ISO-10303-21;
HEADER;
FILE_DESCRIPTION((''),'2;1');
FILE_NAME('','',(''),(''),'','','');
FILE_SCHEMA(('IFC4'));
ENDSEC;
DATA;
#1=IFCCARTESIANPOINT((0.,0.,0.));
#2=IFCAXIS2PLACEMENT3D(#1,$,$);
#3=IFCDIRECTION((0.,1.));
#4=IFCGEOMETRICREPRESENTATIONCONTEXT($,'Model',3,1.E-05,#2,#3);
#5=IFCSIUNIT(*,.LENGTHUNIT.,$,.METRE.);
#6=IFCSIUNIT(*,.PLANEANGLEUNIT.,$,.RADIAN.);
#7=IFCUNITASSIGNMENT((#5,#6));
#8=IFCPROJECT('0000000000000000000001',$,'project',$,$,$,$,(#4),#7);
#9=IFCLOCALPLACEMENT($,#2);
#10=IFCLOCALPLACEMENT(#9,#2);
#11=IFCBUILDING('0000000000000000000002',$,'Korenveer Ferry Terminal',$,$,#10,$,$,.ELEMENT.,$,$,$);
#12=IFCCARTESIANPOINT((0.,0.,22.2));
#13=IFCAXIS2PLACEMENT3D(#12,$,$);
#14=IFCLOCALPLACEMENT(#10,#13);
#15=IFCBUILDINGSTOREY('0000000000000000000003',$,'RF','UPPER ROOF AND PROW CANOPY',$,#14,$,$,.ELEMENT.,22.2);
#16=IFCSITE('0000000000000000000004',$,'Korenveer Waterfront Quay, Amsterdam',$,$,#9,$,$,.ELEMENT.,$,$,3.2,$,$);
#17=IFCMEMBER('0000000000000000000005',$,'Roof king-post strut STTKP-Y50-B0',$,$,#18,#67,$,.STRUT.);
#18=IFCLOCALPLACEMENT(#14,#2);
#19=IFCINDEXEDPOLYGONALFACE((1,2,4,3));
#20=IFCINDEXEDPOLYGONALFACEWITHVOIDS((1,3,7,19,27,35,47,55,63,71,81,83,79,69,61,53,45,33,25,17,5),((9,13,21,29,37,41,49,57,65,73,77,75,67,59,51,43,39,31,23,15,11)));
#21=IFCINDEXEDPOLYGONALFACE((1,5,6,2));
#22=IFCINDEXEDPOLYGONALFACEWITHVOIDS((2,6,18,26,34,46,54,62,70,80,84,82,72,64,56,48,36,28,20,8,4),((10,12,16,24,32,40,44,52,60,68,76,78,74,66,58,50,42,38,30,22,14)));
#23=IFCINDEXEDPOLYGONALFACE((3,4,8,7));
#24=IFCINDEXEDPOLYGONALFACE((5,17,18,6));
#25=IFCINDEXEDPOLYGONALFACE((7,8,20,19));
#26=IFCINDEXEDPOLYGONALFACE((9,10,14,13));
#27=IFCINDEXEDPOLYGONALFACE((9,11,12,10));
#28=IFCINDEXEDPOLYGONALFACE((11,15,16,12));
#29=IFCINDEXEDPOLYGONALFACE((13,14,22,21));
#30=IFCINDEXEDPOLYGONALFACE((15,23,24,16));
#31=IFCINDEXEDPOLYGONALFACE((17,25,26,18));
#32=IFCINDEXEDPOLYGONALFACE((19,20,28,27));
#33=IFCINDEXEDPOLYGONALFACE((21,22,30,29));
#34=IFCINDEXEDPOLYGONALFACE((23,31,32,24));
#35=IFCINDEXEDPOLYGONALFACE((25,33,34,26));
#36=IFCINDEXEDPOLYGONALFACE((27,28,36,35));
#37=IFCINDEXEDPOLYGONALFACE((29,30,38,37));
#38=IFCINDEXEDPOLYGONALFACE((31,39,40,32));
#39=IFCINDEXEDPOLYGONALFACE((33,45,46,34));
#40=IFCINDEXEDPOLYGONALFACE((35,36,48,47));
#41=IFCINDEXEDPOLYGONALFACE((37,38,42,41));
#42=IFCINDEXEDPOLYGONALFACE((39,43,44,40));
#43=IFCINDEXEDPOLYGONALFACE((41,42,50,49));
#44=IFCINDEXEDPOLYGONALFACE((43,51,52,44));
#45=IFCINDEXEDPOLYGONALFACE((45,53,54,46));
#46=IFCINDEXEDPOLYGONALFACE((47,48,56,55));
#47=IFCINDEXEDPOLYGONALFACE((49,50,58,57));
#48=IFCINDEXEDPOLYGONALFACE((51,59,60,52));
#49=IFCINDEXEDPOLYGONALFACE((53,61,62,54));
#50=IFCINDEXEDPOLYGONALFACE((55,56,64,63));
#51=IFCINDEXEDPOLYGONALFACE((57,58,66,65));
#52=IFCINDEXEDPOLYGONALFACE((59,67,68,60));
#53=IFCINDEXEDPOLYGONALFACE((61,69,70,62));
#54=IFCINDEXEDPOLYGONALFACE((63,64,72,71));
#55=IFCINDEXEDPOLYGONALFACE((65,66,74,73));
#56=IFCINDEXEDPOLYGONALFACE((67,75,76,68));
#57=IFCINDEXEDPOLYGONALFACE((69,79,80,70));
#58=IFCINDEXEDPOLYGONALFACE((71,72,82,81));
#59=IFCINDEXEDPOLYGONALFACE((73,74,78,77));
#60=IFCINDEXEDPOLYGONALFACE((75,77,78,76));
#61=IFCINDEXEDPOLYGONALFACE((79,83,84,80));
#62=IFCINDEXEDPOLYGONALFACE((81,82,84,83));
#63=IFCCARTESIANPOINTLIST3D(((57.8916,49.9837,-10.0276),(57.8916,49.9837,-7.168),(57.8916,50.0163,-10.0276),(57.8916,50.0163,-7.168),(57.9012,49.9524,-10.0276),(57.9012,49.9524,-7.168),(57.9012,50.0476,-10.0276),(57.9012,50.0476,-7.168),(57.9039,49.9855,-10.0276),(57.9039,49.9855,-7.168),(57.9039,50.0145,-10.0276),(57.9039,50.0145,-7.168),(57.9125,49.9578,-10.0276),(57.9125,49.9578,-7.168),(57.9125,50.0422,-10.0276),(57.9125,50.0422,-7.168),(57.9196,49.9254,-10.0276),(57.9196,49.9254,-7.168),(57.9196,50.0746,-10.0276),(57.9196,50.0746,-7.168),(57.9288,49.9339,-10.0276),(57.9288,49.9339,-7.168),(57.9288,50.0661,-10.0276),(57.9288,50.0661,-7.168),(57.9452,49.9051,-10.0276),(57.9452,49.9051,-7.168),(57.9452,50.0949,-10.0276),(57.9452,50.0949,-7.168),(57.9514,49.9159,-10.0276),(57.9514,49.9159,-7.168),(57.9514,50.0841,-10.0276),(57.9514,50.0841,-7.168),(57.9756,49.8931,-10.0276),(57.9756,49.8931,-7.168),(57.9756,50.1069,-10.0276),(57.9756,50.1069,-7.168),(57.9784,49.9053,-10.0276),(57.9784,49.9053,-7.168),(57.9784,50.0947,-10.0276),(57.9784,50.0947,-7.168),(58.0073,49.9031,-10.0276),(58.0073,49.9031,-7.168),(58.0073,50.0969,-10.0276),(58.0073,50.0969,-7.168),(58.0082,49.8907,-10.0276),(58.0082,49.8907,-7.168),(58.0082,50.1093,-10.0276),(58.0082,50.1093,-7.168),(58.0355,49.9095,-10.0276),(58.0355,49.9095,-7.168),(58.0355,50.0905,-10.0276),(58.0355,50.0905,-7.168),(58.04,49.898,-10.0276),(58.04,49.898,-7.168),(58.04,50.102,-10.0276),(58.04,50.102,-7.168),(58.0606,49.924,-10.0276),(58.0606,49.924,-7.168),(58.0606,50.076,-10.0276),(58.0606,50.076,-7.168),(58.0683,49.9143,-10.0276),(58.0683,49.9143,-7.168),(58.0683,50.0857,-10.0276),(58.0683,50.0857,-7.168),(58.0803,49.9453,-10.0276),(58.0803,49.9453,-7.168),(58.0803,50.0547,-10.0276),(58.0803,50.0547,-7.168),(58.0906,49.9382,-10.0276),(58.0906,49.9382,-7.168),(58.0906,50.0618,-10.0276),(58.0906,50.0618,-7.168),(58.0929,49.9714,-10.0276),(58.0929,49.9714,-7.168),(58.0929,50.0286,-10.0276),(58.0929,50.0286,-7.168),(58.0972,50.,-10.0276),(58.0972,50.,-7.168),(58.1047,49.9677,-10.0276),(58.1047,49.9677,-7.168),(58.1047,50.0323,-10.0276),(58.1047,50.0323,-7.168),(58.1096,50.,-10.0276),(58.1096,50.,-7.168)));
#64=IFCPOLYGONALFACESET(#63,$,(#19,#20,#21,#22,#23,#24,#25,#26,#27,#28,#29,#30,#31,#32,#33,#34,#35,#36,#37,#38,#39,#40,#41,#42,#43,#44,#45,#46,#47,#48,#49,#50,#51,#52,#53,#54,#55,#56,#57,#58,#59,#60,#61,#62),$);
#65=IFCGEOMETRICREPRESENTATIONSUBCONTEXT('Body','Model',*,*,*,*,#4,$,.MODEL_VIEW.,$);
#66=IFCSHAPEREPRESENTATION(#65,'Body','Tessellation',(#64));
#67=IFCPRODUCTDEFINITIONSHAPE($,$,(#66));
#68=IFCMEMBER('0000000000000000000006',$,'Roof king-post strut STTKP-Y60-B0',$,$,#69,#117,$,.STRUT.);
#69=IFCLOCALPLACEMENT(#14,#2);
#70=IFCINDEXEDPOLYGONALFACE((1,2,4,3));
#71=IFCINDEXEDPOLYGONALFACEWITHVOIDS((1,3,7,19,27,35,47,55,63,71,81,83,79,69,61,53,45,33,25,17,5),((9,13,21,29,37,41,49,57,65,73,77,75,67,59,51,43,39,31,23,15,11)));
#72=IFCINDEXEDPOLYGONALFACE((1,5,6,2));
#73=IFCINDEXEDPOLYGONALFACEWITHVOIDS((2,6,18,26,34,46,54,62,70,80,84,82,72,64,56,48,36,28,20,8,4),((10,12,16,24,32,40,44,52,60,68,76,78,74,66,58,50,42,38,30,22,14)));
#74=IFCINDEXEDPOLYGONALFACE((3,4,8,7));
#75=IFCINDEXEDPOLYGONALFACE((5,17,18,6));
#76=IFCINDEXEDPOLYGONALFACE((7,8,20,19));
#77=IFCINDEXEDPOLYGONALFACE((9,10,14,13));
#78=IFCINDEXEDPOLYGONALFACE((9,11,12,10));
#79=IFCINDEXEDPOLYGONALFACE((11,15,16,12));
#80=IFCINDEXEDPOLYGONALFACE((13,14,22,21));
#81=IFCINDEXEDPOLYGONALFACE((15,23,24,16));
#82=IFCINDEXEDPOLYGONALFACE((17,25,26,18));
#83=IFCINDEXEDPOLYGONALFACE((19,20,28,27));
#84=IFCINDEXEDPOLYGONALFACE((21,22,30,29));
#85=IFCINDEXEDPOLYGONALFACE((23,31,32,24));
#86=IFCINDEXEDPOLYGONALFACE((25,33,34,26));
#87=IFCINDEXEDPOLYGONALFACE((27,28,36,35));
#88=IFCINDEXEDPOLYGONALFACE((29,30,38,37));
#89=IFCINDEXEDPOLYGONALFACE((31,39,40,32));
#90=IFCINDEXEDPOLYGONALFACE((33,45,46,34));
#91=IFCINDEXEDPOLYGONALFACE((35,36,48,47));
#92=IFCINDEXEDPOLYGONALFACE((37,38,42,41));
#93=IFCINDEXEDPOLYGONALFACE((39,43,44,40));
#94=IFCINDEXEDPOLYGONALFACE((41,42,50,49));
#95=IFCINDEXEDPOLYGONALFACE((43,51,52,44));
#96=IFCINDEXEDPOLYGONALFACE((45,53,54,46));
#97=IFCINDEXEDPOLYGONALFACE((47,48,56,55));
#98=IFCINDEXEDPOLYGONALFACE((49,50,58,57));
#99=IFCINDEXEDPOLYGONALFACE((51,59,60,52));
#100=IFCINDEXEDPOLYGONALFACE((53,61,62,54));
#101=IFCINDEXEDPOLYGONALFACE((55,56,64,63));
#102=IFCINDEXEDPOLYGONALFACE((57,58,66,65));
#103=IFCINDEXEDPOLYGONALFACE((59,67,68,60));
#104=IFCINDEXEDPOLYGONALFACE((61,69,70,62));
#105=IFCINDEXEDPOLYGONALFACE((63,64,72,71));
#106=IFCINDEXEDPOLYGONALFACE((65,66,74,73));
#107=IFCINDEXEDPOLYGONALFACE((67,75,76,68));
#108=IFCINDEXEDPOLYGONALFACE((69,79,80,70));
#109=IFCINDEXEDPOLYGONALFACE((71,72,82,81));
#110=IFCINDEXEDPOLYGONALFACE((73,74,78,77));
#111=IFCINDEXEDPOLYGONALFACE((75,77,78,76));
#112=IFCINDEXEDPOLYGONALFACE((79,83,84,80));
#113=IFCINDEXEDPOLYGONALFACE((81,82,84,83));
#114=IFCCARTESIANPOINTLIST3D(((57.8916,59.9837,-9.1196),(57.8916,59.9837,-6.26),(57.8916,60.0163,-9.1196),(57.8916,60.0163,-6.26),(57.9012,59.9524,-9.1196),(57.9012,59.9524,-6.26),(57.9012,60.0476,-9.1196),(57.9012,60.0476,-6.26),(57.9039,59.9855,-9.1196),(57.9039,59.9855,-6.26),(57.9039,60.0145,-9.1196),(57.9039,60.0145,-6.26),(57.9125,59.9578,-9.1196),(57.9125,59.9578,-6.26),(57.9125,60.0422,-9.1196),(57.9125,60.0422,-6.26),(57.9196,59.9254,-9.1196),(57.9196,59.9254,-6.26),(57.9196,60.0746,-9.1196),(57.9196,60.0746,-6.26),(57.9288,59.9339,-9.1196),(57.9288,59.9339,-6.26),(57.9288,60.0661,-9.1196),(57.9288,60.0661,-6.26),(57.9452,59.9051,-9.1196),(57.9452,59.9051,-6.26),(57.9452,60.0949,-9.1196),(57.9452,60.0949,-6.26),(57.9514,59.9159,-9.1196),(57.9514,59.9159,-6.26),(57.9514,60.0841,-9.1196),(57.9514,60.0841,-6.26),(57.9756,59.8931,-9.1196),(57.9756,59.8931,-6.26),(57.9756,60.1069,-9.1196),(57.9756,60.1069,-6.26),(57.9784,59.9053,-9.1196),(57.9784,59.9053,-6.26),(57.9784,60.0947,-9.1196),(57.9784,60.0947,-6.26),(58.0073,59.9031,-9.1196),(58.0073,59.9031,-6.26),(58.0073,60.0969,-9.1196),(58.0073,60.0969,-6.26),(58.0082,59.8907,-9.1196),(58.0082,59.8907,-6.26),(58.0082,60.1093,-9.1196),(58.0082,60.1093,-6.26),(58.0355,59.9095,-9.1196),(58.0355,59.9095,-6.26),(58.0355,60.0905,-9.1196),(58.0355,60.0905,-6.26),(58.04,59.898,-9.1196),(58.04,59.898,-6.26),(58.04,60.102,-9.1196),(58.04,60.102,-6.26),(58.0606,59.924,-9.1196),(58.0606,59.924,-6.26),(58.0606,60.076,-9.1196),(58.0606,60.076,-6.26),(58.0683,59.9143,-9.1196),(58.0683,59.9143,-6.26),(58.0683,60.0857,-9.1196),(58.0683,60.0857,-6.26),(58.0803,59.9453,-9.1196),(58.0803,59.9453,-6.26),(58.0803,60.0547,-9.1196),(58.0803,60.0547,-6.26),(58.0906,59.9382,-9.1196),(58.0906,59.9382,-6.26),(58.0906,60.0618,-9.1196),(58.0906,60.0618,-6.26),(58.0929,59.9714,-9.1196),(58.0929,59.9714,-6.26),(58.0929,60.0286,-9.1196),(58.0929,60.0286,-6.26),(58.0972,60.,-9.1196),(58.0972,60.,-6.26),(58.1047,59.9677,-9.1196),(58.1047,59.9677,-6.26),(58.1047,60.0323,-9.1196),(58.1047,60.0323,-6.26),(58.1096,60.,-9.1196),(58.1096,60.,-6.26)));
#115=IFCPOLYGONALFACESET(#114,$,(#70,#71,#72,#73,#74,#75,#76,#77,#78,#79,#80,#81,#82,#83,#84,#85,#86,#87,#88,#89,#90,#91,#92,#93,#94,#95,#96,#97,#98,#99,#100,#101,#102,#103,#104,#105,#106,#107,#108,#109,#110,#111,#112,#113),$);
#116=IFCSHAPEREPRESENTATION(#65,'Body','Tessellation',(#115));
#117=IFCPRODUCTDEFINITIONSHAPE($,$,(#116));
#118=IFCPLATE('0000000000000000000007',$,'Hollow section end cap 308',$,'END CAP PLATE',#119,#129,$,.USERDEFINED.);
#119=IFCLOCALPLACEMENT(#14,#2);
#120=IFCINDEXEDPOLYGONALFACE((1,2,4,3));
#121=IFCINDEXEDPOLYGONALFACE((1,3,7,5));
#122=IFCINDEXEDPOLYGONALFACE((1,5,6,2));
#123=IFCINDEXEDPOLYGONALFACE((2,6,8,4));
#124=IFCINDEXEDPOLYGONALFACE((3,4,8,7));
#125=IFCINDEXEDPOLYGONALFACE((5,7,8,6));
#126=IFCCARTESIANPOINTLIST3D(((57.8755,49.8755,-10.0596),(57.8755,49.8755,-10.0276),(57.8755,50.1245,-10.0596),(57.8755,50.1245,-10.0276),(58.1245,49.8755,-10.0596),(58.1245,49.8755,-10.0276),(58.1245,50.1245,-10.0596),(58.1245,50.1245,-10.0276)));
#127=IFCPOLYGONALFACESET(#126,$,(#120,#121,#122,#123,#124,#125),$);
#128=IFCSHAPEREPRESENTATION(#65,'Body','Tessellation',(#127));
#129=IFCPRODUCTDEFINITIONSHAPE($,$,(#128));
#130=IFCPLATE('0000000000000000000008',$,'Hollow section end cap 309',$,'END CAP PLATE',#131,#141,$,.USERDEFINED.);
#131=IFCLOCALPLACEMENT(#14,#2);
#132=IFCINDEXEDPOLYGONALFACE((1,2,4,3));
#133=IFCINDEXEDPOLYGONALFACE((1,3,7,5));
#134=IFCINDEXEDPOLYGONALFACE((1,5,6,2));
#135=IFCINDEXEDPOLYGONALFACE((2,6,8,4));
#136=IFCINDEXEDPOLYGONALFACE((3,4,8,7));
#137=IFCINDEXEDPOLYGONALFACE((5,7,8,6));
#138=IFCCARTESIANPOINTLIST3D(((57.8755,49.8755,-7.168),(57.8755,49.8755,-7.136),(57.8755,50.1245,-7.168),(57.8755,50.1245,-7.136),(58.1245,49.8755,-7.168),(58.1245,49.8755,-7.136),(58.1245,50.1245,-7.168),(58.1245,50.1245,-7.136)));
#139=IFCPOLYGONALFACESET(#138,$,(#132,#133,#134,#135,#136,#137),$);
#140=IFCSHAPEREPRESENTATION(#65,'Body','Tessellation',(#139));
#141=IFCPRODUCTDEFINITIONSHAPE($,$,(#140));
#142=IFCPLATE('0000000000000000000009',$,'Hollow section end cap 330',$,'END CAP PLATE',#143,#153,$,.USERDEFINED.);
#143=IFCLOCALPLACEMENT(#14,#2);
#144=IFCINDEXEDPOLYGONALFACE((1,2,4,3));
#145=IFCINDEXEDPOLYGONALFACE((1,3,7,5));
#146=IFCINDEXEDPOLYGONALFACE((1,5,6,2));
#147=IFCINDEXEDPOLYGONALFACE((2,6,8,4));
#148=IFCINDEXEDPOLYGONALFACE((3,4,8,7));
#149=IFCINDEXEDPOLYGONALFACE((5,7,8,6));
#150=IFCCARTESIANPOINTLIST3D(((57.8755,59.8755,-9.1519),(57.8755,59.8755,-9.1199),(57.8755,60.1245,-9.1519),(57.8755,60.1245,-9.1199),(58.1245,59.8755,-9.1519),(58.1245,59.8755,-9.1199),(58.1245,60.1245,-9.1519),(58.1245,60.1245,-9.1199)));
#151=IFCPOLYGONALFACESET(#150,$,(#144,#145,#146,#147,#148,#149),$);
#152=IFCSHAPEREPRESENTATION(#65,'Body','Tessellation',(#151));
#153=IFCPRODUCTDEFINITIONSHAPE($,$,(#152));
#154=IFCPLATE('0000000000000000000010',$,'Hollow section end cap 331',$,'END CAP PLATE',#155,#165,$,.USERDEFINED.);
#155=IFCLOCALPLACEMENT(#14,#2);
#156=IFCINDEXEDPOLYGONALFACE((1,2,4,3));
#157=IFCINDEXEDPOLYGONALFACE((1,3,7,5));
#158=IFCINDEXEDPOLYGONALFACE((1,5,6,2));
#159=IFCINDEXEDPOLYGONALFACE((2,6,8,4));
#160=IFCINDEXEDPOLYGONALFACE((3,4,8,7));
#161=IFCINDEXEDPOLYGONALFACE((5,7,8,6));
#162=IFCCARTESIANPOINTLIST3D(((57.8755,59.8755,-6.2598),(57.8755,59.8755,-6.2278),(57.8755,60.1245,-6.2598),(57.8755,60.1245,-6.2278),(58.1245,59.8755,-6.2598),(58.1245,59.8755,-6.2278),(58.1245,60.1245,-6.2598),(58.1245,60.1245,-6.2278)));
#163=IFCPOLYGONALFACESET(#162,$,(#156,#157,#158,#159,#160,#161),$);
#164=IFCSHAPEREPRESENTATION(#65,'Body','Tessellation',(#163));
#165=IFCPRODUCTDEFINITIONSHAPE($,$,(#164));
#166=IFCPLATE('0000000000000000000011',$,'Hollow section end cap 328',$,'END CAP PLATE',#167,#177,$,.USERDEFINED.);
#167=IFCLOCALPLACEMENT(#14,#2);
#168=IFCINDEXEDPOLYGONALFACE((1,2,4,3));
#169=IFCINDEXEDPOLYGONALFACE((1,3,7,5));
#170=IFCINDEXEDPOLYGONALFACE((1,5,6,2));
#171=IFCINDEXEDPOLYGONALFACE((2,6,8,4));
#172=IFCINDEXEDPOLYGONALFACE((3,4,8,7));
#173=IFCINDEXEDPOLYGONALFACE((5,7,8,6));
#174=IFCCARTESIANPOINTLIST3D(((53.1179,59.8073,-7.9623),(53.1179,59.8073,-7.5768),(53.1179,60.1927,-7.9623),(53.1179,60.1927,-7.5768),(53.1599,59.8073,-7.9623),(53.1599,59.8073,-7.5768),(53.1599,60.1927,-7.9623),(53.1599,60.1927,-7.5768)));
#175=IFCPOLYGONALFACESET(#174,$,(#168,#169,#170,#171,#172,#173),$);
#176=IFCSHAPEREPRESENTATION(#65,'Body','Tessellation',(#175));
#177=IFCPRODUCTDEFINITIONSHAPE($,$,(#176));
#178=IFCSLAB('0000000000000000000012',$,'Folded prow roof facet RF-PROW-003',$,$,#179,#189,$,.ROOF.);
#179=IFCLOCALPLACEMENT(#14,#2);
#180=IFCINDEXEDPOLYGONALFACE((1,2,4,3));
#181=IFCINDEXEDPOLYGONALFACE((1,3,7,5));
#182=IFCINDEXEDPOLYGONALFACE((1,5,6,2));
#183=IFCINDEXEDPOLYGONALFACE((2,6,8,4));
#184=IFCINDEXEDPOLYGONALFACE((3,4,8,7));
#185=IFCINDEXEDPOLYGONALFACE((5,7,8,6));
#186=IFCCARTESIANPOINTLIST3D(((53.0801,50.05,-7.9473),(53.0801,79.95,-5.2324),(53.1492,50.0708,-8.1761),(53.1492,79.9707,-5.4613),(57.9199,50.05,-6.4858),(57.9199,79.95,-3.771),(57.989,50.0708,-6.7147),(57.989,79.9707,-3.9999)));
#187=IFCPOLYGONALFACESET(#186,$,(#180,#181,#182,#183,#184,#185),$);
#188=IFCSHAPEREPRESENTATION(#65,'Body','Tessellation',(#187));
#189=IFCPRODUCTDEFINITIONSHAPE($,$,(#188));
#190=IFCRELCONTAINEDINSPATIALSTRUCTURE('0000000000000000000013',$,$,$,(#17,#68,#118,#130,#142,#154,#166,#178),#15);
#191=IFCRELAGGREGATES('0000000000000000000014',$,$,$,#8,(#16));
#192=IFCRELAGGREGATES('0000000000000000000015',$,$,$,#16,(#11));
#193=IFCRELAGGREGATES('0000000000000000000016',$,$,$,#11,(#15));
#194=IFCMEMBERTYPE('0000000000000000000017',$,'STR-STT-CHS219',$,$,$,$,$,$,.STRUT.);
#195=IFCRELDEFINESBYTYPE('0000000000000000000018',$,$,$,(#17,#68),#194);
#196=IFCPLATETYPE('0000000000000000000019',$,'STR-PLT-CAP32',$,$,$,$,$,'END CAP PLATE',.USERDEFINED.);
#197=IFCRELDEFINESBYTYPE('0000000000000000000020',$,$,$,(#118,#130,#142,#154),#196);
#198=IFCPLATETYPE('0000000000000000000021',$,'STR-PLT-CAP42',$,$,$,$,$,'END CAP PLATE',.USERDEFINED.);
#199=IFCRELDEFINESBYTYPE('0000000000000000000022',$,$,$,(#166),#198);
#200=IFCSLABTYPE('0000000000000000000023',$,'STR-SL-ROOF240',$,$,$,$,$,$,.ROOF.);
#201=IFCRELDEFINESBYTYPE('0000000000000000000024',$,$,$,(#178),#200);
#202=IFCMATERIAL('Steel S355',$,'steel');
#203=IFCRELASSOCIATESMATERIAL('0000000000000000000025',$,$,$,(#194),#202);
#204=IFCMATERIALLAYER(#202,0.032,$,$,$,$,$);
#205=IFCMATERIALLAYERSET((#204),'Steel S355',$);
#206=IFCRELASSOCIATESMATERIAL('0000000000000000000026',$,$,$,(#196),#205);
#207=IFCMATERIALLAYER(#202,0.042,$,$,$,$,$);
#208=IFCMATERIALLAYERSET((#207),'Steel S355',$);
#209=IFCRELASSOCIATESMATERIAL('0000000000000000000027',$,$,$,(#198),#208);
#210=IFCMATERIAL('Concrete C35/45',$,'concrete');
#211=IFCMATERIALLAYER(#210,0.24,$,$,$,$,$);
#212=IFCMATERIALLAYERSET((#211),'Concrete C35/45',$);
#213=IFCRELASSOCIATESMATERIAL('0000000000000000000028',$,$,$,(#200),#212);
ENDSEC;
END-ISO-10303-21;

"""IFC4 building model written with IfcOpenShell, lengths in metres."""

from ifc_helpers import new_model, si_unit, direction, frame, origin, origin_2d, place, context, subcontext, project, spatial, polyline, rectangle, hollow_circle, outline, extrude, material, layer, layer_set, material_profile, profile_set, type_object, element, save


model = new_model("IFC4")

# Units and contexts
model_context = context("Model", 3, precision=1e-05, world=origin(), true_north=direction((0.0, 1.0)))
body_context = subcontext(model_context, "Body", "Model", "MODEL_VIEW")
ifc_project = project(units=[si_unit("LENGTHUNIT", "METRE"), si_unit("PLANEANGLEUNIT", "RADIAN")], contexts=[model_context])

# Site, building, storey
site_placement = place(None, origin())
site = spatial("IfcSite", under=ifc_project, at=site_placement, Name="Korenveer Waterfront Quay, Amsterdam", CompositionType="ELEMENT", RefElevation=3.2)
building_placement = place(site_placement, origin())
building = spatial("IfcBuilding", under=site, at=building_placement, Name="Korenveer Ferry Terminal", CompositionType="ELEMENT")
storey_placement = place(building_placement, frame((0.0, 0.0, 22.2)))
storey = spatial("IfcBuildingStorey", under=building, at=storey_placement, Name="RF", Description="UPPER ROOF AND PROW CANOPY", CompositionType="ELEMENT", Elevation=22.2)

# Shared definitions
ifc_material_1 = material(Name="Steel S355", Category="steel")

# Members
ifc_material_profile_1 = material_profile(ifc_material_1, hollow_circle(Radius=0.1096, WallThickness=0.0125, at=origin_2d()), Name="CHS 219.1x12.5")
ifc_profile_set_1 = profile_set([ifc_material_profile_1], Name="Steel S355")
member_type_1 = type_object("IfcMemberType", Name="STR-STT-CHS219", PredefinedType="STRUT", material=ifc_profile_set_1)
for number, where, z_axis, x_axis, name in (
    (1, (58.0, 50.0, -10.0276), (0.0, 0.0, 1.0), (1.0, 0.0, 0.0), "Roof king-post strut STTKP-Y50-B0"),
    (2, (58.0, 60.0, -9.1196), (0.0, 0.0, 1.0), (1.0, 0.0, 0.0), "Roof king-post strut STTKP-Y60-B0"),
):
    element("IfcMember", number, at=place(storey_placement, frame(where, z_axis=z_axis, x_axis=x_axis)), inside=storey, type_object=member_type_1, Name=name, PredefinedType="STRUT", context=body_context, shape_type="SweptSolid", body=[
        extrude(hollow_circle(Radius=0.1096, WallThickness=0.0125, at=origin_2d()), origin(), (0.0, 0.0, 1.0), 2.8596),
    ])

# Plates
ifc_layer_1 = layer(ifc_material_1, 0.032)
ifc_layer_set_1 = layer_set([ifc_layer_1], Name="Steel S355")
plate_type_1 = type_object("IfcPlateType", Name="STR-PLT-CAP32", ElementType="END CAP PLATE", PredefinedType="USERDEFINED", material=ifc_layer_set_1)
for number, where, z_axis, x_axis, name in (
    (3, (58.0, 50.0, -10.0596), (0.0, 0.0, 1.0), (1.0, 0.0, 0.0), "Hollow section end cap 308"),
    (4, (58.0, 50.0, -7.168), (0.0, 0.0, 1.0), (1.0, 0.0, 0.0), "Hollow section end cap 309"),
    (5, (58.0, 60.0, -9.1519), (0.0, 0.0, 1.0), (1.0, 0.0, 0.0), "Hollow section end cap 330"),
    (6, (58.0, 60.0, -6.2598), (0.0, 0.0, 1.0), (1.0, 0.0, 0.0), "Hollow section end cap 331"),
):
    element("IfcPlate", number, at=place(storey_placement, frame(where, z_axis=z_axis, x_axis=x_axis)), inside=storey, type_object=plate_type_1, Name=name, ObjectType="END CAP PLATE", PredefinedType="USERDEFINED", context=body_context, shape_type="SweptSolid", body=[
        extrude(rectangle(XDim=0.249, YDim=0.249, at=origin_2d()), origin(), (0.0, 0.0, 1.0), 0.032),
    ])
ifc_layer_2 = layer(ifc_material_1, 0.042)
ifc_layer_set_2 = layer_set([ifc_layer_2], Name="Steel S355")
plate_type_2 = type_object("IfcPlateType", Name="STR-PLT-CAP42", ElementType="END CAP PLATE", PredefinedType="USERDEFINED", material=ifc_layer_set_2)
plate_placement = place(storey_placement, frame((53.1179, 60.0, -7.7695), z_axis=(1.0, 0.0, 0.0), x_axis=(0.0, 1.0, 0.0)))
element("IfcPlate", 7, at=plate_placement, inside=storey, type_object=plate_type_2, Name="Hollow section end cap 328", ObjectType="END CAP PLATE", PredefinedType="USERDEFINED", context=body_context, shape_type="SweptSolid", body=[
    extrude(rectangle(XDim=0.3855, YDim=0.3855, at=origin_2d()), origin(), (0.0, 0.0, 1.0), 0.042),
])

# Slab
ifc_material_2 = material(Name="Concrete C35/45", Category="concrete")
ifc_layer_3 = layer(ifc_material_2, 0.24)
ifc_layer_set_3 = layer_set([ifc_layer_3], Name="Concrete C35/45")
slab_type = type_object("IfcSlabType", Name="STR-SL-ROOF240", PredefinedType="ROOF", material=ifc_layer_set_3)
slab_1_placement = place(storey_placement, frame((53.0801, 50.05, -7.9473), z_axis=(-0.287981, -0.086595, 0.953713), x_axis=(0.957309, 0.0, 0.289066)))
element("IfcSlab", 8, at=slab_1_placement, inside=storey, type_object=slab_type, Name="Folded prow roof facet RF-PROW-003", PredefinedType="ROOF", context=body_context, shape_type="SweptSolid", body=[
    extrude(outline(polyline([(0.0, 0.0), (5.0557, 0.0), (5.8404, 30.0126), (0.7848, 30.0126), (0.0, 0.0)])), origin(), (0.0, 0.0, -1.0), 0.24),
])

save(model, "model.ifc")
